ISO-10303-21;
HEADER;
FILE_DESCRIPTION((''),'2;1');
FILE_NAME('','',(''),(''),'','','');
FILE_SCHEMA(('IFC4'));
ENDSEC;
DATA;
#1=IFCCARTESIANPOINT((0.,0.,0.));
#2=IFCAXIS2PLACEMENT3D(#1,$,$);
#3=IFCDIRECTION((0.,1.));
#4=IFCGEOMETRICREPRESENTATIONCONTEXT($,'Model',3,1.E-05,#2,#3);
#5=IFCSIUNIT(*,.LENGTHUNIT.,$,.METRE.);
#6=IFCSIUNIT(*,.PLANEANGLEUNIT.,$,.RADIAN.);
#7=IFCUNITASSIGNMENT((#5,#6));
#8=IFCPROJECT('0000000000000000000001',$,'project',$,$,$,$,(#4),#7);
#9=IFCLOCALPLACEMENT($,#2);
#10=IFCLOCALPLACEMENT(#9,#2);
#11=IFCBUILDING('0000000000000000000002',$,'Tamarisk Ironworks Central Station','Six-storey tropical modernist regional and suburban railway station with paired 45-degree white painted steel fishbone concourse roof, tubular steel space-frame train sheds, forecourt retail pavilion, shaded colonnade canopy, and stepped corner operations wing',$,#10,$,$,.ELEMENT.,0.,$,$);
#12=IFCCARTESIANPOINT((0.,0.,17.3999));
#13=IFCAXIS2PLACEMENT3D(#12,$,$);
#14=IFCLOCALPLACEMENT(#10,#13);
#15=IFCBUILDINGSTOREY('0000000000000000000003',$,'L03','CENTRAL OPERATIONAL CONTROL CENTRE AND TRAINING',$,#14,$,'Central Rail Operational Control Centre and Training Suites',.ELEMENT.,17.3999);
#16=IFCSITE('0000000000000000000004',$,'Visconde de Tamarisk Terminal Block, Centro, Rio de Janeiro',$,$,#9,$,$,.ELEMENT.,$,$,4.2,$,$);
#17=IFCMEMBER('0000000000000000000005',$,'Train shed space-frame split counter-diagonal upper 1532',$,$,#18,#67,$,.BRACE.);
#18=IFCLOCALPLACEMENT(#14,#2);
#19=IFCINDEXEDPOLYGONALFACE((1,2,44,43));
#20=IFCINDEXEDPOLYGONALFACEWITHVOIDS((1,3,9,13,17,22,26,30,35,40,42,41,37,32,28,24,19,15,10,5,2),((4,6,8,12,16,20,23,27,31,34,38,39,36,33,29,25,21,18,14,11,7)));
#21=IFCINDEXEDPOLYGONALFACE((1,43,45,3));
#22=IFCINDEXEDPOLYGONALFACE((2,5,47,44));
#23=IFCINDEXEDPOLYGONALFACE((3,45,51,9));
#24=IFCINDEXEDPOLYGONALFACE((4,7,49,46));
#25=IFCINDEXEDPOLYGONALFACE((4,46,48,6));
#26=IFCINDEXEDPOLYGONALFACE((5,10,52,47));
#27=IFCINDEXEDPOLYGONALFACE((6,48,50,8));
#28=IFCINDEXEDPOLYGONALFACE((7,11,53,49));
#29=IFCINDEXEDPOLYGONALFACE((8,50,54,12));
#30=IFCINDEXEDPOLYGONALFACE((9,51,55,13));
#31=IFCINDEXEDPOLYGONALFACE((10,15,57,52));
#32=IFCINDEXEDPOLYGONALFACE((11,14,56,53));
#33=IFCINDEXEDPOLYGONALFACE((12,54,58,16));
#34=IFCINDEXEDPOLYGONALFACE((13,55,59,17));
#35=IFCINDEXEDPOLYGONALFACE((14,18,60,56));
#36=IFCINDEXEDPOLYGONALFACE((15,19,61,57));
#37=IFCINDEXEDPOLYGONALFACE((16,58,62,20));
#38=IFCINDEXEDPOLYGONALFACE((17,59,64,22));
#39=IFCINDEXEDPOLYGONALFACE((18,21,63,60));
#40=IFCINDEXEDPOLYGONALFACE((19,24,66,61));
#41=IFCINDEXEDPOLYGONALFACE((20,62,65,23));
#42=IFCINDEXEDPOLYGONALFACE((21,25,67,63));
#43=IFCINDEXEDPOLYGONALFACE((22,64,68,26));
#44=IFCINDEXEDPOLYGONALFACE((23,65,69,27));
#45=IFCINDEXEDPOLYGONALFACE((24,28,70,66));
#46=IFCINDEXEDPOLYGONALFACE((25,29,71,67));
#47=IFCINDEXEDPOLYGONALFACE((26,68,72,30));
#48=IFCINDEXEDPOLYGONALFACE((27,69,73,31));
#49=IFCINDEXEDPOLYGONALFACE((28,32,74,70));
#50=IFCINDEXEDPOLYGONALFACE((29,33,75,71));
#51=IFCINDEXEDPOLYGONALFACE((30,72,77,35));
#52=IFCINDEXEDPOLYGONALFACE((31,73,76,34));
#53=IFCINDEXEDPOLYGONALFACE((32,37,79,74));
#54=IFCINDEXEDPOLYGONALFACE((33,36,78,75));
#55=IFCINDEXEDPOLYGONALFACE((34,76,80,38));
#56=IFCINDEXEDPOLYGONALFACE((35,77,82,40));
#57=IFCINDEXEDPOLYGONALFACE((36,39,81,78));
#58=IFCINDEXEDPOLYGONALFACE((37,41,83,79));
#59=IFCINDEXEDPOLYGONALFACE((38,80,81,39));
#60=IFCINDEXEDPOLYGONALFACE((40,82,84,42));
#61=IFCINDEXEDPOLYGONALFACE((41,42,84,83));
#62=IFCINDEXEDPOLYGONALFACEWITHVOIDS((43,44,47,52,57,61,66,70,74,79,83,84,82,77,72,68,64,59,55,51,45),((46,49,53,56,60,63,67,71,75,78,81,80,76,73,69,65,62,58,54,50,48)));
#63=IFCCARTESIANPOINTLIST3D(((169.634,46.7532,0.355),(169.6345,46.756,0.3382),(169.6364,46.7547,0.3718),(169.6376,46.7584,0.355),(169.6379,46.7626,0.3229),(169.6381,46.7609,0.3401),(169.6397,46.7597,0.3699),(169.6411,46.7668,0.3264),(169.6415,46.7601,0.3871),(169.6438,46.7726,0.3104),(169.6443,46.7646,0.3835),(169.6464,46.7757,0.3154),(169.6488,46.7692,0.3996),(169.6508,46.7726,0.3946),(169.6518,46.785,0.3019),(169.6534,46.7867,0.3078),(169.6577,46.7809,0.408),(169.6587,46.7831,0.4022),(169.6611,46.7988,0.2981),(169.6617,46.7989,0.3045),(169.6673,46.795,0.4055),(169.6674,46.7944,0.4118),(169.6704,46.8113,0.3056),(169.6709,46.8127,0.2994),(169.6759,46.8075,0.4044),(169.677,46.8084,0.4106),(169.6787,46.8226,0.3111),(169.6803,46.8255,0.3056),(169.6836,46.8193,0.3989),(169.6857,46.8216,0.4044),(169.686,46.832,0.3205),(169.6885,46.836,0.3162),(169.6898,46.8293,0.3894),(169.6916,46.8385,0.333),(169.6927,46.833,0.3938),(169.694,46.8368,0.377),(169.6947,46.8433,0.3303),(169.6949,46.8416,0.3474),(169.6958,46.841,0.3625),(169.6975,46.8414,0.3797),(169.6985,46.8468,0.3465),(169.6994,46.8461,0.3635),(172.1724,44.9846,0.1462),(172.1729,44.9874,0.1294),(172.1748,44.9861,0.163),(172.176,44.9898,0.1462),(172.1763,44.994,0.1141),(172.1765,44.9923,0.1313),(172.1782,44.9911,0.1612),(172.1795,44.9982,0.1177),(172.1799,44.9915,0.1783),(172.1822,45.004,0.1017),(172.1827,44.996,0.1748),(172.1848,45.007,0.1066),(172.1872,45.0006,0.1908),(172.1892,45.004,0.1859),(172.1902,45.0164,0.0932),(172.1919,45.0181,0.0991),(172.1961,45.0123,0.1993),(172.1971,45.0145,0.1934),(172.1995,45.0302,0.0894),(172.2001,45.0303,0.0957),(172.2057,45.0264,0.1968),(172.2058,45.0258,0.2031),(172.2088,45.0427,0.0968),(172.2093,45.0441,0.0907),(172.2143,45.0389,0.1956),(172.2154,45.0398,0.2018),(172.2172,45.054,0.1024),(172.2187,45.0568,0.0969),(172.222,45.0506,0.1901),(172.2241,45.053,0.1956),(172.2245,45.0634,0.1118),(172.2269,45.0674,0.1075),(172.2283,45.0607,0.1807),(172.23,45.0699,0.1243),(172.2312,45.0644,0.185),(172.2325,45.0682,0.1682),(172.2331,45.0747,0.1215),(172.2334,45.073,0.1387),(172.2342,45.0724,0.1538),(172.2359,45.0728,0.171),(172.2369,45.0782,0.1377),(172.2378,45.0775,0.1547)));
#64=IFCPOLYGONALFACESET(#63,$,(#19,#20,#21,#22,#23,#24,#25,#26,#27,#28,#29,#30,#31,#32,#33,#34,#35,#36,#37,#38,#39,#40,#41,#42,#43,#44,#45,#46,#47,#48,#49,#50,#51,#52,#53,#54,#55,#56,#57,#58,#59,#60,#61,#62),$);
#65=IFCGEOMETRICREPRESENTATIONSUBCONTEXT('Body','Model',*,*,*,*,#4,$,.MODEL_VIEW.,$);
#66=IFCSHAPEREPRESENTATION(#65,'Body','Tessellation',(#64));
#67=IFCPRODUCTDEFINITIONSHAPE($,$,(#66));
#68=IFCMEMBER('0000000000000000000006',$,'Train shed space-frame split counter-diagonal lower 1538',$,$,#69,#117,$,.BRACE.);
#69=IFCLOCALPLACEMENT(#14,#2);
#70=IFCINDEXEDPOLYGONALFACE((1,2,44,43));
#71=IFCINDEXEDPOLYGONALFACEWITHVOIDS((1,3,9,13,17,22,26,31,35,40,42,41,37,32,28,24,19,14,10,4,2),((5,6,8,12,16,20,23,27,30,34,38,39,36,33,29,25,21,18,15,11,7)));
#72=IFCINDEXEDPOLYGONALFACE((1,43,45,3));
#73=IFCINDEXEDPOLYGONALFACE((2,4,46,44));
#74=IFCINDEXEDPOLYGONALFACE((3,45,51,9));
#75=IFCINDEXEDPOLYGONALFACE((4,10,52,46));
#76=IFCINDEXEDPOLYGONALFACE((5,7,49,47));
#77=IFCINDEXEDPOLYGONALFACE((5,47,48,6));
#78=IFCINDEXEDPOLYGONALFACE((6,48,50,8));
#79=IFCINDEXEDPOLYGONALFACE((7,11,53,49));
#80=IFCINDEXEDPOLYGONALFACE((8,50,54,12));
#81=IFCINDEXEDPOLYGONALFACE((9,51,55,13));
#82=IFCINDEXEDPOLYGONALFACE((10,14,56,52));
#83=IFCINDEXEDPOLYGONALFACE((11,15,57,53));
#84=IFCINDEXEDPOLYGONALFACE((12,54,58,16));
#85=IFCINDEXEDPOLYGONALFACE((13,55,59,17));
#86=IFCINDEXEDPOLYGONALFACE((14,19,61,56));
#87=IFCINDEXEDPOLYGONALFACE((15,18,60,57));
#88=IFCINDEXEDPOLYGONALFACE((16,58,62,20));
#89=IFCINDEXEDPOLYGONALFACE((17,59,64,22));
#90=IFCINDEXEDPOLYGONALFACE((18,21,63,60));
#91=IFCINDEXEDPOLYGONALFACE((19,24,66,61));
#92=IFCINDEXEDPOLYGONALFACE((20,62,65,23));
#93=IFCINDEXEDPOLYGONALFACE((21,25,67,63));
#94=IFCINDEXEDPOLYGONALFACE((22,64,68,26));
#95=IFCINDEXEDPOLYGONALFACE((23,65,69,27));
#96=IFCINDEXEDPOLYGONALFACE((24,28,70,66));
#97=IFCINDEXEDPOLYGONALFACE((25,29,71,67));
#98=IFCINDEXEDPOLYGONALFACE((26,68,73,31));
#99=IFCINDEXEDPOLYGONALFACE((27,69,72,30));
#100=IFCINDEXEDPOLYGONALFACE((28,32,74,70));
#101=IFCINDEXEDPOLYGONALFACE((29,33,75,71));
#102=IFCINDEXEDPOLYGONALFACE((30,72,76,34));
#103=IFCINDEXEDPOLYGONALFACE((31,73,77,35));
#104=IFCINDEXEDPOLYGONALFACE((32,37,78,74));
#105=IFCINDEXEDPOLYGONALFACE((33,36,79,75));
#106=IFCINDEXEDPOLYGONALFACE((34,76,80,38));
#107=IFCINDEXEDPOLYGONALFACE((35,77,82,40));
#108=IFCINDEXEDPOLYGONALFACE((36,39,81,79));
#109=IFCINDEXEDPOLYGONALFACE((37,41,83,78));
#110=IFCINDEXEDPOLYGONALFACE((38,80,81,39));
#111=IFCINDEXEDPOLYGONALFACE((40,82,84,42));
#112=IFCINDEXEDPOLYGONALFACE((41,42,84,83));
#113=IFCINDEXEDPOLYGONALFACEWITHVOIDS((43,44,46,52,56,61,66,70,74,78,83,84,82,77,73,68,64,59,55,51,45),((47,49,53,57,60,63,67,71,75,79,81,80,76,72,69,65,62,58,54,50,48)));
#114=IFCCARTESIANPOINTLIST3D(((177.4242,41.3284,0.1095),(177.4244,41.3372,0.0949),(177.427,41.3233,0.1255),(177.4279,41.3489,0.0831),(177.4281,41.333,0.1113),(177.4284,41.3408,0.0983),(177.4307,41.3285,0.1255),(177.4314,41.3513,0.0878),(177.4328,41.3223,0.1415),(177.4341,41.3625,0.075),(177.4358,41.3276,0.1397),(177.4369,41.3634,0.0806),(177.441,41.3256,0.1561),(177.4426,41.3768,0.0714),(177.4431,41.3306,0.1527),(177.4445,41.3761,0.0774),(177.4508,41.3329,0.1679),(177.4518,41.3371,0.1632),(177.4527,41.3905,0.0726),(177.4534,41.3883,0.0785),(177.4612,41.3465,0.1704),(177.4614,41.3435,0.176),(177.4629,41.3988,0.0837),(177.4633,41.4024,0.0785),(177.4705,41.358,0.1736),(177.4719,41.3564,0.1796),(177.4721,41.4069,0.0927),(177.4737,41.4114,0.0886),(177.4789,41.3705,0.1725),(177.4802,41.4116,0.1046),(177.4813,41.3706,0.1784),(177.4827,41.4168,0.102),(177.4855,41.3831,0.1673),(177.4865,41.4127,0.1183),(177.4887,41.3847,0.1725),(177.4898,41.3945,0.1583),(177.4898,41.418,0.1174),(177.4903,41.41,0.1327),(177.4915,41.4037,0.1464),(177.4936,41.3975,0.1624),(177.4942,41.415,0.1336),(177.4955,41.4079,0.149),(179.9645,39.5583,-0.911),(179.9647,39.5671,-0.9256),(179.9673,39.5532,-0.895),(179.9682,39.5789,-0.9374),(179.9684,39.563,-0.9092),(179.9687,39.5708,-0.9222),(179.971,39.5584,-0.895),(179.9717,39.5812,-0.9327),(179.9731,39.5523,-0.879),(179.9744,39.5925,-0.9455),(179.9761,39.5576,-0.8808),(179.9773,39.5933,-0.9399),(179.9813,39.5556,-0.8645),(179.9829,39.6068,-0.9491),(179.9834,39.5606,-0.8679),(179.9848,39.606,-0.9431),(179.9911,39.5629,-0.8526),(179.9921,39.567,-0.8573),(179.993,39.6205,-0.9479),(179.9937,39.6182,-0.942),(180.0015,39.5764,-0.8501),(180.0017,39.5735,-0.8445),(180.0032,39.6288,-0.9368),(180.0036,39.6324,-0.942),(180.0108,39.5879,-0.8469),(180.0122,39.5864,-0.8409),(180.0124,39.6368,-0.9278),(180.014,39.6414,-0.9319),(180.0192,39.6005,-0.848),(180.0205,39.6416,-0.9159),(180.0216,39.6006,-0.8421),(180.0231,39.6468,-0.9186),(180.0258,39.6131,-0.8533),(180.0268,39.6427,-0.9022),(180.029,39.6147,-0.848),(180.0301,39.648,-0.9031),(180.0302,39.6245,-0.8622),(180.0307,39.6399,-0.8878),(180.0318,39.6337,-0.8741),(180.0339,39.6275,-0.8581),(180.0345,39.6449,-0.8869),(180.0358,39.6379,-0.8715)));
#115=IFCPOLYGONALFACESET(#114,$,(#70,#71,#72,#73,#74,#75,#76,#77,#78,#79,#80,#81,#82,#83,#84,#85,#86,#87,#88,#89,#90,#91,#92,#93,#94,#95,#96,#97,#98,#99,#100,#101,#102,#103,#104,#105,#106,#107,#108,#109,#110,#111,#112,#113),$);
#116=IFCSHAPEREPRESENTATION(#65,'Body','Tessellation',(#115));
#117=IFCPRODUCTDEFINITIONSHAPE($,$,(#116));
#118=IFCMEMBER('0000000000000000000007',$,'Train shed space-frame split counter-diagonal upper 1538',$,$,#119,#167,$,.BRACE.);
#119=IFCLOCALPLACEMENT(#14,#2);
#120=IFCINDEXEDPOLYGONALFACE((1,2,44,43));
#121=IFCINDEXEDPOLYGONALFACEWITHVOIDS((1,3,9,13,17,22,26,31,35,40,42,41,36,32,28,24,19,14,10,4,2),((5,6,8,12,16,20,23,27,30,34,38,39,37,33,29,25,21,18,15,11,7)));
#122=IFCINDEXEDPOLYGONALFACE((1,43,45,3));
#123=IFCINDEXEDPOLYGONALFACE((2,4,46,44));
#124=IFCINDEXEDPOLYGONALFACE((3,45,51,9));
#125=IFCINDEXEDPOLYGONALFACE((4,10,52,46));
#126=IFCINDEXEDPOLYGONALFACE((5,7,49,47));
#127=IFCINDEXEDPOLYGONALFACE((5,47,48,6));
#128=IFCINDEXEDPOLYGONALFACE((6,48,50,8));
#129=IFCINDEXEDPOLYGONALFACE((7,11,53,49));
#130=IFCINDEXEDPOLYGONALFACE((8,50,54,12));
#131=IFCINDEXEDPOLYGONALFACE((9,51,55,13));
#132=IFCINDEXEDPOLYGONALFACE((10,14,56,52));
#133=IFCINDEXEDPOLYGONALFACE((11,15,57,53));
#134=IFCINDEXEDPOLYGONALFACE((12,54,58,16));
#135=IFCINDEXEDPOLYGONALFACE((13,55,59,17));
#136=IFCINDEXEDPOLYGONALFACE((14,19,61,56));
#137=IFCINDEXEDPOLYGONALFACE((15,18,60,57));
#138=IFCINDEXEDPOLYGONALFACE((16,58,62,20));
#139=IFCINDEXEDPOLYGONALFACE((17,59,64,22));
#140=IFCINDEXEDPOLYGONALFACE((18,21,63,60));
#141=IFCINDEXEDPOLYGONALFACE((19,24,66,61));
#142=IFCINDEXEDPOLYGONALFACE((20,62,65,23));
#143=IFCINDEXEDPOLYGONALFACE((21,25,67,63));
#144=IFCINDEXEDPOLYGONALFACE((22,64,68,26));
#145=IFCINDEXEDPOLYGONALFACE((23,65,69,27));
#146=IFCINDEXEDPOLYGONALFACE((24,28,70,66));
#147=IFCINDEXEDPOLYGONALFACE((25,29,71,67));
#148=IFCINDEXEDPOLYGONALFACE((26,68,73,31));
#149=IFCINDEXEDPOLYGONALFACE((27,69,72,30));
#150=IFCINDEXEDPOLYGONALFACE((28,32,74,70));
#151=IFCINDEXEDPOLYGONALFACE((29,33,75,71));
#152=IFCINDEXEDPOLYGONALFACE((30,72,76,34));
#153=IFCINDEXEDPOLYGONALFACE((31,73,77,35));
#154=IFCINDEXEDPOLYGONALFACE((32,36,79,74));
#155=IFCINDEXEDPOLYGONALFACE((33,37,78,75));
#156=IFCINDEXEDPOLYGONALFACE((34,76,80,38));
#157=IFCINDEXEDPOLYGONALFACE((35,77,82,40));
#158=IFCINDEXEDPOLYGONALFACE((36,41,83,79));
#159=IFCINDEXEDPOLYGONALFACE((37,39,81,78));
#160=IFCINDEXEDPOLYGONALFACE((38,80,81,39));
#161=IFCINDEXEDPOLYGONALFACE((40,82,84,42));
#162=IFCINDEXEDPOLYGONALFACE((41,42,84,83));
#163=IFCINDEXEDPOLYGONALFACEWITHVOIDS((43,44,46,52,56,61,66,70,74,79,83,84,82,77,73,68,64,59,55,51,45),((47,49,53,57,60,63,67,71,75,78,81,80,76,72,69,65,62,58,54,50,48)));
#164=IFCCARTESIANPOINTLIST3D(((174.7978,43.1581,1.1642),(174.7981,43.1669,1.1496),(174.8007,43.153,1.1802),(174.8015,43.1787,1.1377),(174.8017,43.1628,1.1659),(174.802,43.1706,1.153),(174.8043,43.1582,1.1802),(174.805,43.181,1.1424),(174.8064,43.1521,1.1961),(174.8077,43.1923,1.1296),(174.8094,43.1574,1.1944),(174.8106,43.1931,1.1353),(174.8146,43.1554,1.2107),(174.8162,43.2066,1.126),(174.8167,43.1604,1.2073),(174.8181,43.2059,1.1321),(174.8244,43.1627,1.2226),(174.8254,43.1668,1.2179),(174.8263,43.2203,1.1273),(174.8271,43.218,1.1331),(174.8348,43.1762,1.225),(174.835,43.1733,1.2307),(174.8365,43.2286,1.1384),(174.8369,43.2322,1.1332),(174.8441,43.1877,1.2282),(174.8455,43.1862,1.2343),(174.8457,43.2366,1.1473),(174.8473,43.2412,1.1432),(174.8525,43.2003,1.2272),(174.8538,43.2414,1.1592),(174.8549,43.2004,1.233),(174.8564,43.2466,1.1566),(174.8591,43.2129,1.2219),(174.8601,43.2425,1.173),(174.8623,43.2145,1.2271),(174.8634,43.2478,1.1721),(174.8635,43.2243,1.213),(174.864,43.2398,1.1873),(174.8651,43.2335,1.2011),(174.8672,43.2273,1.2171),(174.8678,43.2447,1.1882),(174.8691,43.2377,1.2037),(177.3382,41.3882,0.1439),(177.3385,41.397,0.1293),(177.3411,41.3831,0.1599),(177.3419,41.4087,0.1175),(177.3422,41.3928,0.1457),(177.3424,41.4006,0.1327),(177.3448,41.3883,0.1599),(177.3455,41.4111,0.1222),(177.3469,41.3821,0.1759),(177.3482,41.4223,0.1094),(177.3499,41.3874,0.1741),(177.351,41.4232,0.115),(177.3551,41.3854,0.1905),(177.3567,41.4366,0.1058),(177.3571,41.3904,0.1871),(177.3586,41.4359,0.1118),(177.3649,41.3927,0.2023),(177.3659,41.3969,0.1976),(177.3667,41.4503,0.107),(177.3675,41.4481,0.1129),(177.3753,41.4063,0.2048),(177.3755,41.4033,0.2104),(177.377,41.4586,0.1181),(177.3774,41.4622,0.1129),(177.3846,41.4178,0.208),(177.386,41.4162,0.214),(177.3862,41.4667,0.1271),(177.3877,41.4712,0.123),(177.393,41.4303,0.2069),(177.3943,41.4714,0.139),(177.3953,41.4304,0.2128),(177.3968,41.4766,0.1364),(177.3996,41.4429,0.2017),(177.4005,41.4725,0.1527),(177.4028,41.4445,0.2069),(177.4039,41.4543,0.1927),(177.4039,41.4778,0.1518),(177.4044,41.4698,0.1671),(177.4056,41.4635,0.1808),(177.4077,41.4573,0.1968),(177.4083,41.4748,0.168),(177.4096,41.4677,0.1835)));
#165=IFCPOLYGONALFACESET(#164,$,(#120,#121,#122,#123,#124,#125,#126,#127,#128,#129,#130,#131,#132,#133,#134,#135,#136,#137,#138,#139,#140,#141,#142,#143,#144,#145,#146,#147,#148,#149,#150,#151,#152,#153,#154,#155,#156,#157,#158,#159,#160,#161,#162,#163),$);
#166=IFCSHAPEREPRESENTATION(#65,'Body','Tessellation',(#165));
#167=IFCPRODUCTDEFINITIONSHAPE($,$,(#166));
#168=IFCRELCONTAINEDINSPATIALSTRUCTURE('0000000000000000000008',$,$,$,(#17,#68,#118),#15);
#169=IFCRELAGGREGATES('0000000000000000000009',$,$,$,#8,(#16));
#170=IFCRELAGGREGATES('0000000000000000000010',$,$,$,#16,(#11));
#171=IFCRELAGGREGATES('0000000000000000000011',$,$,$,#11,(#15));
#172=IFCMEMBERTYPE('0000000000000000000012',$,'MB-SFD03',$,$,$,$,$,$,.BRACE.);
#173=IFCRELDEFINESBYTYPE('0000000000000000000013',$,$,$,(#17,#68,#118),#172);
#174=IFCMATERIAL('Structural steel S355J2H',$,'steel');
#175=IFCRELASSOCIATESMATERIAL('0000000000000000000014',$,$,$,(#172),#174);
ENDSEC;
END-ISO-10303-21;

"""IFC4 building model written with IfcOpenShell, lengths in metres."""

from ifc_helpers import new_model, si_unit, direction, frame, origin, origin_2d, place, context, subcontext, project, spatial, hollow_circle, extrude, material, material_profile, profile_set, type_object, element, save


model = new_model("IFC4")

# Units and contexts
model_context = context("Model", 3, precision=1e-05, world=origin(), true_north=direction((0.0, 1.0)))
body_context = subcontext(model_context, "Body", "Model", "MODEL_VIEW")
ifc_project = project(units=[si_unit("LENGTHUNIT", "METRE"), si_unit("PLANEANGLEUNIT", "RADIAN")], contexts=[model_context])

# Site, building, storey
site_placement = place(None, origin())
site = spatial("IfcSite", under=ifc_project, at=site_placement, Name="Visconde de Tamarisk Terminal Block, Centro, Rio de Janeiro", CompositionType="ELEMENT", RefElevation=4.2)
building_placement = place(site_placement, origin())
building = spatial("IfcBuilding", under=site, at=building_placement, Name="Tamarisk Ironworks Central Station", Description="Six-storey tropical modernist regional and suburban railway station with paired 45-degree white painted steel fishbone concourse roof, tubular steel space-frame train sheds, forecourt retail pavilion, shaded colonnade canopy, and stepped corner operations wing", CompositionType="ELEMENT", ElevationOfRefHeight=0.0)
storey_placement = place(building_placement, frame((0.0, 0.0, 17.3999)))
storey = spatial("IfcBuildingStorey", under=building, at=storey_placement, Name="L03", Description="CENTRAL OPERATIONAL CONTROL CENTRE AND TRAINING", LongName="Central Rail Operational Control Centre and Training Suites", CompositionType="ELEMENT", Elevation=17.3999)

# Members
ifc_material = material(Name="Structural steel S355J2H", Category="steel")
ifc_material_profile_1 = material_profile(ifc_material, hollow_circle(Radius=0.0571, WallThickness=0.0063, at=origin_2d()), Name="CHS 114.3x6.3")
ifc_profile_set_1 = profile_set([ifc_material_profile_1], Name="Structural steel S355J2H")
member_type_1 = type_object("IfcMemberType", Name="MB-SFD03", PredefinedType="BRACE", material=ifc_profile_set_1)
for number, where, z_axis, x_axis, name in (
    (1, (172.2051, 45.0315, 0.1462), (-0.818625, 0.570369, 0.06732), (-0.571666, -0.820487, 0.0), "Train shed space-frame split counter-diagonal upper 1532"),
):
    element("IfcMember", number, at=place(storey_placement, frame(where, z_axis=z_axis, x_axis=x_axis)), inside=storey, type_object=member_type_1, Name=name, PredefinedType="BRACE", context=body_context, shape_type="SweptSolid", body=[
        extrude(hollow_circle(Radius=0.0571, WallThickness=0.0063, at=origin_2d()), origin(), (0.0, 0.0, 1.0), 3.1008),
    ])
for number, where, z_axis, x_axis, name in (
    (2, (180.0, 39.6001, -0.895), (-0.779234, 0.542955, 0.313042), (-0.571688, -0.820471, 0.0), "Train shed space-frame split counter-diagonal lower 1538"),
    (3, (177.3738, 41.4299, 0.1599), (-0.779281, 0.542936, 0.312956), (-0.571651, -0.820497, 0.0), "Train shed space-frame split counter-diagonal upper 1538"),
):
    element("IfcMember", number, at=place(storey_placement, frame(where, z_axis=z_axis, x_axis=x_axis)), inside=storey, type_object=member_type_1, Name=name, PredefinedType="BRACE", context=body_context, shape_type="SweptSolid", body=[
        extrude(hollow_circle(Radius=0.0571, WallThickness=0.0063, at=origin_2d()), origin(), (0.0, 0.0, 1.0), 3.26),
    ])

save(model, "model.ifc")
